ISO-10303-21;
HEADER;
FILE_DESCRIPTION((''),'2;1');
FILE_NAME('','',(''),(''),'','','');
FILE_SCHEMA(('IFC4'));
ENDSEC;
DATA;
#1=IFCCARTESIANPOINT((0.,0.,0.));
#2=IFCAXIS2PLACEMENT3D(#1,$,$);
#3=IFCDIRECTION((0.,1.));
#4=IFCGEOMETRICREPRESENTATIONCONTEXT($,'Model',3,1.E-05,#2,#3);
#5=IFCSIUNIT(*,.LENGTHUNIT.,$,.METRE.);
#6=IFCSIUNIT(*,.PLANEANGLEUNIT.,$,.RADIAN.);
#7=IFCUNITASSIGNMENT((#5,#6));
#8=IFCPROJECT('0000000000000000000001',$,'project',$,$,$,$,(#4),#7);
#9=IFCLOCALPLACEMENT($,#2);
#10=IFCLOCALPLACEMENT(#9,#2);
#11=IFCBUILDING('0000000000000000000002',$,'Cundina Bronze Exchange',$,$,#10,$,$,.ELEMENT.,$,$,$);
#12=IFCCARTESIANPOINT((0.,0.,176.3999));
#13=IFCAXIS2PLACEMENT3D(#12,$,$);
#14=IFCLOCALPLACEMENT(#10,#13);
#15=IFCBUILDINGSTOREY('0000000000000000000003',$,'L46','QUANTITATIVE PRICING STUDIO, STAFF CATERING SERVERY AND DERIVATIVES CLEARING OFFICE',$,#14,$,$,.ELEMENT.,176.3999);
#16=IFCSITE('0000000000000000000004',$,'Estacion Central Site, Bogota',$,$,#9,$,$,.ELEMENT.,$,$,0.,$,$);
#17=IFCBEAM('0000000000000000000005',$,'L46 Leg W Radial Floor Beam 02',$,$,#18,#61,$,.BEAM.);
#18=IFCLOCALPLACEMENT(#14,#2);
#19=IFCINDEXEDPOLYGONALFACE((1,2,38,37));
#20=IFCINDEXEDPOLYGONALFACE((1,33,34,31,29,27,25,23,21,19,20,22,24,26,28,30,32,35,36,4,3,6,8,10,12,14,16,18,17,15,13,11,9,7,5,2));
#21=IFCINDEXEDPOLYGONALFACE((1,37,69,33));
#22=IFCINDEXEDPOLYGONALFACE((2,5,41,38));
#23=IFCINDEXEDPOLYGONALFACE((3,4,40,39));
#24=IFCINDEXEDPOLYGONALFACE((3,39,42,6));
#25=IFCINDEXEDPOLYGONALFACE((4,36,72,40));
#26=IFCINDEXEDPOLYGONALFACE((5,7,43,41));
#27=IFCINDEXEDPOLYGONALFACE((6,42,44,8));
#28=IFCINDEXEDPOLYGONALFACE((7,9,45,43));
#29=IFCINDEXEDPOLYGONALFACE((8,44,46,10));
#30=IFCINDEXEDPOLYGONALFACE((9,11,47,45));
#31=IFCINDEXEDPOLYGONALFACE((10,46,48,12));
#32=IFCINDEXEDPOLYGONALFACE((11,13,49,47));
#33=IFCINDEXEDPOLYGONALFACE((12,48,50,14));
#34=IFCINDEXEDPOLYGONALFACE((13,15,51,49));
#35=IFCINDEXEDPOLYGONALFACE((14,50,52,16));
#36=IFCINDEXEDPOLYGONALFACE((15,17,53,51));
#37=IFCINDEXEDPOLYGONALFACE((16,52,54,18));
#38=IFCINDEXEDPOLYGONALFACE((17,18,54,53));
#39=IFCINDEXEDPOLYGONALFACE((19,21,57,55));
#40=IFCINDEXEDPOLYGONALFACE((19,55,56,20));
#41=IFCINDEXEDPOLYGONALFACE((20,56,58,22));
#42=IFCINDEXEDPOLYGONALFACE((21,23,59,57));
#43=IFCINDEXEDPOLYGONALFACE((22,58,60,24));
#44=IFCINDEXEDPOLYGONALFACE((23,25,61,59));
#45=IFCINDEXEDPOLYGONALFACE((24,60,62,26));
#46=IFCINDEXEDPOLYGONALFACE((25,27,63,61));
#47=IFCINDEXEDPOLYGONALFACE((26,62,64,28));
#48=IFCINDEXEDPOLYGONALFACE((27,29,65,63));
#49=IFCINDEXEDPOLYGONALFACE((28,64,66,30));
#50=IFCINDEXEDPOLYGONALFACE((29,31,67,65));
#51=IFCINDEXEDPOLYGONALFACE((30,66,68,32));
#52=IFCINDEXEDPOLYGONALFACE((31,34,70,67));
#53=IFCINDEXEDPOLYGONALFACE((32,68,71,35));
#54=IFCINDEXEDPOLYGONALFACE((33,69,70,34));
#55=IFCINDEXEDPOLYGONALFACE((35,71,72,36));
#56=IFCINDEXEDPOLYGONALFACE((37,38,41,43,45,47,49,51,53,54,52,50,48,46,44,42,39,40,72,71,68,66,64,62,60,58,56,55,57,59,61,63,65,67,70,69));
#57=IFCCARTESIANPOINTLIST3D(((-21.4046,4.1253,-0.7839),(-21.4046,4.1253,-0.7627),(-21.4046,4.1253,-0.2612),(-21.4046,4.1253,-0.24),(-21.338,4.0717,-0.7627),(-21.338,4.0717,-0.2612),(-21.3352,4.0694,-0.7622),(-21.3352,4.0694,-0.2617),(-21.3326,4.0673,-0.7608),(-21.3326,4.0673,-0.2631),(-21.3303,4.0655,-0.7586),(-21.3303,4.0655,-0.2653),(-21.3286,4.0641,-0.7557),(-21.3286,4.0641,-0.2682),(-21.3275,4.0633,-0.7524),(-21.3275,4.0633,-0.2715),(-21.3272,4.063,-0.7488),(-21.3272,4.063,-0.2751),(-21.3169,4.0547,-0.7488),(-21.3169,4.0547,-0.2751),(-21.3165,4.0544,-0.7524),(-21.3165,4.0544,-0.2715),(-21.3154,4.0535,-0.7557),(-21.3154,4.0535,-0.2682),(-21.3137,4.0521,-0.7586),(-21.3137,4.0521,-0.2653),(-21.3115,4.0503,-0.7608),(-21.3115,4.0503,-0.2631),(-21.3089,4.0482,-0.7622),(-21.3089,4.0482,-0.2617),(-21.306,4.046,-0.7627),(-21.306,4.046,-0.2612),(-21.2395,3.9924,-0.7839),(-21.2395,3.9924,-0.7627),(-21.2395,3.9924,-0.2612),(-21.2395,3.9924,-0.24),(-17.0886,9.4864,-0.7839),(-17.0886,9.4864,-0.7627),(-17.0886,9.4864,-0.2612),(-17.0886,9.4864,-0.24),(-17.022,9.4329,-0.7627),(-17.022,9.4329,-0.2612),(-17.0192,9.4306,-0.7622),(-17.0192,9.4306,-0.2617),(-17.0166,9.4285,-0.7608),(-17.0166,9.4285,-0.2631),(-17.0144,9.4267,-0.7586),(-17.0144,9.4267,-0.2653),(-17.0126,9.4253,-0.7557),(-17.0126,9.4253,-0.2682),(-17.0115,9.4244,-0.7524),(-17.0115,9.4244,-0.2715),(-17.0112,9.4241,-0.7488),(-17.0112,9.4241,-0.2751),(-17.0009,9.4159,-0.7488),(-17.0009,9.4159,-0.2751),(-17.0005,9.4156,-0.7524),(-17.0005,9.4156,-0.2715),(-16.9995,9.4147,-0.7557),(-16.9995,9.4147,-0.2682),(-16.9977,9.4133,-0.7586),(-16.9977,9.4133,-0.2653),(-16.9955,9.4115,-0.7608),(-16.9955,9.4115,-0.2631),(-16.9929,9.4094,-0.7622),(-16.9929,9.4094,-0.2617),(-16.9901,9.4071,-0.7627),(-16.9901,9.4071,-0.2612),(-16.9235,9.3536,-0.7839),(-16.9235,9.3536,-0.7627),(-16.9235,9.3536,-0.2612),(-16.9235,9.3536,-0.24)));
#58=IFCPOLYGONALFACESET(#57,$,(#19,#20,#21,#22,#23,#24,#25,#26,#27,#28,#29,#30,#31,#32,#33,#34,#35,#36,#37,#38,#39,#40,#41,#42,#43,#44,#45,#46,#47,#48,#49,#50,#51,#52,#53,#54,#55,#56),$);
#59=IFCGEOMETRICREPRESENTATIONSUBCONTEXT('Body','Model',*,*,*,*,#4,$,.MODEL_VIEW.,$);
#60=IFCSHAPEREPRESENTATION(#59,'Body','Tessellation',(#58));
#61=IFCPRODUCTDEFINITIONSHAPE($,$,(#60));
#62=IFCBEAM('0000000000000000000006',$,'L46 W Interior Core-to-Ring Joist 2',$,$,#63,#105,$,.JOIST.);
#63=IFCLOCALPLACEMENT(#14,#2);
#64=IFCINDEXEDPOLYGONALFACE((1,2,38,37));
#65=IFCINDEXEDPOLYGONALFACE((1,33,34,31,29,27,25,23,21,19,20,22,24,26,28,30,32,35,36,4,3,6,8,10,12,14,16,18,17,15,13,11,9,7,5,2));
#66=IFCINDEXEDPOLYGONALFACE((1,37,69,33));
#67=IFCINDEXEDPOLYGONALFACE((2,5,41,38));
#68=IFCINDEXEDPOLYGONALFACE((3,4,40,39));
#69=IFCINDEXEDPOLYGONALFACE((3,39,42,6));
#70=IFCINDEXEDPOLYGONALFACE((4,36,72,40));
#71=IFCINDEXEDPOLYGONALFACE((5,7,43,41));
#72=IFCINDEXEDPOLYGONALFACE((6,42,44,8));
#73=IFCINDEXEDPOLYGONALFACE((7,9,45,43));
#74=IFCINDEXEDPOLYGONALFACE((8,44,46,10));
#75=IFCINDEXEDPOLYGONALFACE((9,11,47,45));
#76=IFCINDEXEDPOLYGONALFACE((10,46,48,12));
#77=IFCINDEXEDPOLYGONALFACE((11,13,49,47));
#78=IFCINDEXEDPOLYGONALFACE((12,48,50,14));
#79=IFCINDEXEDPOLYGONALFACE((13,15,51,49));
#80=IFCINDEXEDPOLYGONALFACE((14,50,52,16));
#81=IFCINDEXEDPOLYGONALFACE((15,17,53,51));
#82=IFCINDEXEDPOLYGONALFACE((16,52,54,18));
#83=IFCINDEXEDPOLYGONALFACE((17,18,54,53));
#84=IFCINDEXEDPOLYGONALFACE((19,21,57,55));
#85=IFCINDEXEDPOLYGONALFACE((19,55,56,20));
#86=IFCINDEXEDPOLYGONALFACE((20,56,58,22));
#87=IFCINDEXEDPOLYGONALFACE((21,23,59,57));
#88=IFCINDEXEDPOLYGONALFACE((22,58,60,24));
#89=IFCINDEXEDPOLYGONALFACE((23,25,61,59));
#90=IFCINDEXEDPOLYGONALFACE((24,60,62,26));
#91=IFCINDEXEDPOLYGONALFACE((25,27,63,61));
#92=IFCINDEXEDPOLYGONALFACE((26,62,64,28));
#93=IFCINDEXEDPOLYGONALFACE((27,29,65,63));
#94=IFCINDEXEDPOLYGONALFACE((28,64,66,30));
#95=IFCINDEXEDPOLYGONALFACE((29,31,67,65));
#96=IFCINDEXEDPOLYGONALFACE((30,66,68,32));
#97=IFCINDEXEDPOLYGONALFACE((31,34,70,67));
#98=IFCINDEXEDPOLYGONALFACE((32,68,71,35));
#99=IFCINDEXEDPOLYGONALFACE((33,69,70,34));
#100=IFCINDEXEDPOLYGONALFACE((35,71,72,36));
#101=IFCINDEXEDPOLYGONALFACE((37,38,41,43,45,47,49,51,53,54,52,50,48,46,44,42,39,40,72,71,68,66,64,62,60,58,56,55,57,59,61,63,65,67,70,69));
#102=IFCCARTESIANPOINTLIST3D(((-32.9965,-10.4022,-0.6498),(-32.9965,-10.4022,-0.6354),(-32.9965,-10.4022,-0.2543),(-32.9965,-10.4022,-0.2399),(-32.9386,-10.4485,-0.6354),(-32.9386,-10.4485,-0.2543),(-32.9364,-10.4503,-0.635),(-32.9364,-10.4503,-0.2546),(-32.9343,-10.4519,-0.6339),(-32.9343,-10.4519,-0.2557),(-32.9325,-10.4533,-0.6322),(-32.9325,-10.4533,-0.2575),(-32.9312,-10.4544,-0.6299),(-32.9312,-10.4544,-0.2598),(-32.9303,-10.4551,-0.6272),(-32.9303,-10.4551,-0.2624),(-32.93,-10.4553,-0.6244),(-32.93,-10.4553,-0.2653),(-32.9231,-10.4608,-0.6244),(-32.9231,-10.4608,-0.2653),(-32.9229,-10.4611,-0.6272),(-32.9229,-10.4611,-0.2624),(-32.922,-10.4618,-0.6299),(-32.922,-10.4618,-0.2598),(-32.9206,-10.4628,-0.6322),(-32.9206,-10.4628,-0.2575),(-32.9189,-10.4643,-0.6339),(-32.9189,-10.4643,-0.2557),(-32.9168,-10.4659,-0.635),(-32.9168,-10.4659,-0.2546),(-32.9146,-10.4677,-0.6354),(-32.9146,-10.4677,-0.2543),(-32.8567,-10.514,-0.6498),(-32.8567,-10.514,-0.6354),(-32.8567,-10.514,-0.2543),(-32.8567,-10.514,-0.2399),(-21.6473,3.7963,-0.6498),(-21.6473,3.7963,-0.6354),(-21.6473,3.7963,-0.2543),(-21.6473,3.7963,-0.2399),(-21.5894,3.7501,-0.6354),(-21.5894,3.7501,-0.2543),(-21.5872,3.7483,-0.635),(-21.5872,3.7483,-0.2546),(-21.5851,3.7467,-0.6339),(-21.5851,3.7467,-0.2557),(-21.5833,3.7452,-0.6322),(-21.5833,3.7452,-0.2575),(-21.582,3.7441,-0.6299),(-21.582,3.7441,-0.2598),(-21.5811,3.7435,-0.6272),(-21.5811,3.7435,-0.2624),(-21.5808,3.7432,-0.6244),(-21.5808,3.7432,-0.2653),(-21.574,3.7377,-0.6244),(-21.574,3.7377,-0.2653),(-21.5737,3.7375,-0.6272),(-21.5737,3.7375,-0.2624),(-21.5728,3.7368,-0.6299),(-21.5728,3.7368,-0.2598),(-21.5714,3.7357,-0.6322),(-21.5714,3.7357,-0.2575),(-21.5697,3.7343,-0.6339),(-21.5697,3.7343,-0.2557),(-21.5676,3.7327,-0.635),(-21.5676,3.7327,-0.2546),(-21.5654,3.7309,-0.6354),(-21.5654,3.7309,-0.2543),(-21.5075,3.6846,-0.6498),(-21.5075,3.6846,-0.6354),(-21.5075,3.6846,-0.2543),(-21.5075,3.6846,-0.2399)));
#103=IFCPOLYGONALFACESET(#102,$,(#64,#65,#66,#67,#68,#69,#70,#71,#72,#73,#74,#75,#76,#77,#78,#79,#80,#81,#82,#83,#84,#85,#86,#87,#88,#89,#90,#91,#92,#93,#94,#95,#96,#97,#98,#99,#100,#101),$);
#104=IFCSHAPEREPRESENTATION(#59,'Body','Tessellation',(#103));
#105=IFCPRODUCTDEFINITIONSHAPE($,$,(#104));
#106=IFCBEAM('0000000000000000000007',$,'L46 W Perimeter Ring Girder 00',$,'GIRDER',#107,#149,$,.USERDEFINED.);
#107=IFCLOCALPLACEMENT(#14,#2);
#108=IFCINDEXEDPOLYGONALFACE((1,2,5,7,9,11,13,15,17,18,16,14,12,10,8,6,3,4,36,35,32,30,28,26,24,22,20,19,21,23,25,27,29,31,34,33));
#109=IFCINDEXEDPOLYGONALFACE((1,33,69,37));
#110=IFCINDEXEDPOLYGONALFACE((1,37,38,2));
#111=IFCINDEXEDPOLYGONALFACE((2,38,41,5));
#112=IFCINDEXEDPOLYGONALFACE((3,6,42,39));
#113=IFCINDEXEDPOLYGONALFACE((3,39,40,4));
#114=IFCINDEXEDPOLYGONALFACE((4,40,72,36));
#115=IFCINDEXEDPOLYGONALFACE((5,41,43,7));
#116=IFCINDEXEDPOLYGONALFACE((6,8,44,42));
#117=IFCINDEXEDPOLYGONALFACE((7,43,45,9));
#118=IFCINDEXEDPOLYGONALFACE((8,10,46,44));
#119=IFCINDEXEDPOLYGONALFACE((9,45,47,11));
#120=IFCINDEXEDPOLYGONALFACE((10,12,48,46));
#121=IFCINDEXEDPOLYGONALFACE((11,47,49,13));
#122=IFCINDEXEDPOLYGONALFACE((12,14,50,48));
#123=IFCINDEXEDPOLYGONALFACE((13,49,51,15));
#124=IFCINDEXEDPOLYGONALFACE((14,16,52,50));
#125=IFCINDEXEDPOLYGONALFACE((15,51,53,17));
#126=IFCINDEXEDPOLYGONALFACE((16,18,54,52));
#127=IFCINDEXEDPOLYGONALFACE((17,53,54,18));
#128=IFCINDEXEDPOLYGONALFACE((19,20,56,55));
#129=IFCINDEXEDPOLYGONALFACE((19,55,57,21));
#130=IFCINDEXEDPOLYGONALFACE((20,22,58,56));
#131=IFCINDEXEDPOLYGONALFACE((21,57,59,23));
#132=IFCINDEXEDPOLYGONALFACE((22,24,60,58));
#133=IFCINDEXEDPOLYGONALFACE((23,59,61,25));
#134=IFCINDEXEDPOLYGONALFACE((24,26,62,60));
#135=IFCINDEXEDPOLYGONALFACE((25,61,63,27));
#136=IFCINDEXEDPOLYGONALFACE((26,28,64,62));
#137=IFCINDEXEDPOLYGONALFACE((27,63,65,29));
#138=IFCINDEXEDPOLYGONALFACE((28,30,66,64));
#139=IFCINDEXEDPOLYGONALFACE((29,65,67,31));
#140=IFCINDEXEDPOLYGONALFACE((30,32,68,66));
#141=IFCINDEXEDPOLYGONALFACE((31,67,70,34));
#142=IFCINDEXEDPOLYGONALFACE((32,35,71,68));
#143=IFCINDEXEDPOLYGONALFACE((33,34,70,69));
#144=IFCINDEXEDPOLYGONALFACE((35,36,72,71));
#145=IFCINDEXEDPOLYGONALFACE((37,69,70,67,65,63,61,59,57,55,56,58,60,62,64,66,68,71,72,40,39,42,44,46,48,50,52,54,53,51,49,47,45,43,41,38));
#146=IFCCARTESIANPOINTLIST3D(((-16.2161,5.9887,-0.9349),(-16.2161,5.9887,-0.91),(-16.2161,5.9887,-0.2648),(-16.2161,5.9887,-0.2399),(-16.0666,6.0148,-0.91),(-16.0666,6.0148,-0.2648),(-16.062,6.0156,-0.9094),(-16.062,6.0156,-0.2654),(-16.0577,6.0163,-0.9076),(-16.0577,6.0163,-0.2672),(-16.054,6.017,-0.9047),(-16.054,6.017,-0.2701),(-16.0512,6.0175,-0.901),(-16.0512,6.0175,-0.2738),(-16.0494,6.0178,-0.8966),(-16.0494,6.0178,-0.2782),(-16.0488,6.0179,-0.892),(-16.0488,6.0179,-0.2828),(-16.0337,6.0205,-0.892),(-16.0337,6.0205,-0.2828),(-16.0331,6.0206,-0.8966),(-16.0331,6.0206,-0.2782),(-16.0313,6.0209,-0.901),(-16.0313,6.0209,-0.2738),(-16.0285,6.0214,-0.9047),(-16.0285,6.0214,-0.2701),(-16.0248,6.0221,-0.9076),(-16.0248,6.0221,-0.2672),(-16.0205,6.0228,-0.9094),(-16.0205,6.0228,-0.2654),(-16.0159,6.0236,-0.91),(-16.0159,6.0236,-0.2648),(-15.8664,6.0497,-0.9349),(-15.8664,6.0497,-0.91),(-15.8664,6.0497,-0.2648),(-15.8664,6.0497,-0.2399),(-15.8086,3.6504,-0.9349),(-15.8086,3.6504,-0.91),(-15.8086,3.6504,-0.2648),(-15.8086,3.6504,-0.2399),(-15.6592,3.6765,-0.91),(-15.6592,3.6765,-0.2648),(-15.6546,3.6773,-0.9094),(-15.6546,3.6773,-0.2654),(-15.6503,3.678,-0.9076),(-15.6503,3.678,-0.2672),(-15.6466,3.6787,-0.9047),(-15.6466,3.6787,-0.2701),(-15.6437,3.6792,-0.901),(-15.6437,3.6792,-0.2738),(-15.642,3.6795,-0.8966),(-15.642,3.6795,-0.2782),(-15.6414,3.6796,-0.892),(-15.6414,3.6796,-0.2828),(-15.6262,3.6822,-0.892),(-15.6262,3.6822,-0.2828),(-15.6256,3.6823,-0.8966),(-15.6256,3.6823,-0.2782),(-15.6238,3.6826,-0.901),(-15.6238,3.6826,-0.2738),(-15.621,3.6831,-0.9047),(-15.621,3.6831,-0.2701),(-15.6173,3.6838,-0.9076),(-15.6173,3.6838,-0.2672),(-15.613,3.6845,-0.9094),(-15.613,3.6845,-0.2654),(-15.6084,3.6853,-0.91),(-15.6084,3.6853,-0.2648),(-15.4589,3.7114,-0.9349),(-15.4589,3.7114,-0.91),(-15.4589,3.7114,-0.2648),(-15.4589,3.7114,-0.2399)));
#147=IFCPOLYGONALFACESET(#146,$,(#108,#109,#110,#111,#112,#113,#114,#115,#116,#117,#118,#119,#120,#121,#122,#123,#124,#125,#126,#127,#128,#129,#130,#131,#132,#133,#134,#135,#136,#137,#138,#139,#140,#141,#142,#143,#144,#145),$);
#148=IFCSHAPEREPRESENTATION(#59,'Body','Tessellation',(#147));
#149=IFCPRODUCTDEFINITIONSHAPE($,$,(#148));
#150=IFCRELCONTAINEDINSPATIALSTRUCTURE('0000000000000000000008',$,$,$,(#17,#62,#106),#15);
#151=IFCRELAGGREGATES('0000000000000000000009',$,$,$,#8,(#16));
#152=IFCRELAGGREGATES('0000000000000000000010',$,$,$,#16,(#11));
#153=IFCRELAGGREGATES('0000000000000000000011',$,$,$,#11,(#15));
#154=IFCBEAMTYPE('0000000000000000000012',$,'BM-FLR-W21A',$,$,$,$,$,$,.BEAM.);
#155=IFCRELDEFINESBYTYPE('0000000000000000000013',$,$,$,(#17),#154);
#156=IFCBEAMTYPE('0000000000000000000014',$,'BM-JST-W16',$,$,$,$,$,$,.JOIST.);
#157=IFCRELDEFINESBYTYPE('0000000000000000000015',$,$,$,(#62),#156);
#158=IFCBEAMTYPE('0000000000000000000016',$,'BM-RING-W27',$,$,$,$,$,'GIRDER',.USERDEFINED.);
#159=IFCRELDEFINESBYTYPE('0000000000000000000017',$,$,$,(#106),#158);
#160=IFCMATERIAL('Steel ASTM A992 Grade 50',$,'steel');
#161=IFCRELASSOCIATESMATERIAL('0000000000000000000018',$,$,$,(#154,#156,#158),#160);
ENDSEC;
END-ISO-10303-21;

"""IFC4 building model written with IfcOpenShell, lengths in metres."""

from ifc_helpers import new_model, si_unit, direction, frame, origin, origin_2d, place, context, subcontext, project, spatial, i_section, extrude, material, material_profile, profile_set, type_object, element, save


model = new_model("IFC4")

# Units and contexts
model_context = context("Model", 3, precision=1e-05, world=origin(), true_north=direction((0.0, 1.0)))
body_context = subcontext(model_context, "Body", "Model", "MODEL_VIEW")
ifc_project = project(units=[si_unit("LENGTHUNIT", "METRE"), si_unit("PLANEANGLEUNIT", "RADIAN")], contexts=[model_context])

# Site, building, storey
site_placement = place(None, origin())
site = spatial("IfcSite", under=ifc_project, at=site_placement, Name="Estacion Central Site, Bogota", CompositionType="ELEMENT", RefElevation=0.0)
building_placement = place(site_placement, origin())
building = spatial("IfcBuilding", under=site, at=building_placement, Name="Cundina Bronze Exchange", CompositionType="ELEMENT")
storey_placement = place(building_placement, frame((0.0, 0.0, 176.3999)))
storey = spatial("IfcBuildingStorey", under=building, at=storey_placement, Name="L46", Description="QUANTITATIVE PRICING STUDIO, STAFF CATERING SERVERY AND DERIVATIVES CLEARING OFFICE", CompositionType="ELEMENT", Elevation=176.3999)

# Shared definitions
ifc_material_1 = material(Name="Steel ASTM A992 Grade 50", Category="steel")

# Beams
ifc_material_profile_1 = material_profile(ifc_material_1, i_section(OverallWidth=0.2119, OverallDepth=0.5439, WebThickness=0.0132, FlangeThickness=0.0212, FilletRadius=0.0139, at=origin_2d()), Name="W21X83", Category="steel")
ifc_profile_set_1 = profile_set([ifc_material_profile_1], Name="Steel ASTM A992 Grade 50")
beam_type_1 = type_object("IfcBeamType", Name="BM-FLR-W21A", PredefinedType="BEAM", material=ifc_profile_set_1)
beam_1_placement = place(storey_placement, frame((-21.322, 4.0588, -0.512), z_axis=(0.627089, 0.778948, 0.0), x_axis=(-0.778948, 0.627089, 0.0)))
element("IfcBeam", 1, at=beam_1_placement, inside=storey, type_object=beam_type_1, Name="L46 Leg W Radial Floor Beam 02", PredefinedType="BEAM", context=body_context, shape_type="SweptSolid", body=[
    extrude(i_section(OverallWidth=0.2119, OverallDepth=0.5439, WebThickness=0.0132, FlangeThickness=0.0212, FilletRadius=0.0139, at=origin_2d()), origin(), (0.0, 0.0, 1.0), 6.8826),
])
ifc_material_profile_2 = material_profile(ifc_material_1, i_section(OverallWidth=0.179, OverallDepth=0.4099, WebThickness=0.0088, FlangeThickness=0.0144, FilletRadius=0.011, at=origin_2d()), Name="W16X45", Category="steel")
ifc_profile_set_2 = profile_set([ifc_material_profile_2], Name="Steel ASTM A992 Grade 50")
beam_type_2 = type_object("IfcBeamType", Name="BM-JST-W16", PredefinedType="JOIST", material=ifc_profile_set_2)
beam_2_placement = place(storey_placement, frame((-21.5774, 3.7405, -0.4448), z_axis=(-0.624371, -0.781128, 0.0), x_axis=(0.781128, -0.624371, 0.0)))
element("IfcBeam", 2, at=beam_2_placement, inside=storey, type_object=beam_type_2, Name="L46 W Interior Core-to-Ring Joist 2", PredefinedType="JOIST", context=body_context, shape_type="SweptSolid", body=[
    extrude(i_section(OverallWidth=0.179, OverallDepth=0.4099, WebThickness=0.0088, FlangeThickness=0.0144, FilletRadius=0.011, at=origin_2d()), origin(), (0.0, 0.0, 1.0), 18.177),
])
ifc_material_profile_3 = material_profile(ifc_material_1, i_section(OverallWidth=0.355, OverallDepth=0.6951, WebThickness=0.0154, FlangeThickness=0.0249, FilletRadius=0.0181, at=origin_2d()), Name="W27X146", Category="steel")
ifc_profile_set_3 = profile_set([ifc_material_profile_3], Name="Steel ASTM A992 Grade 50")
beam_type_3 = type_object("IfcBeamType", Name="BM-RING-W27", ElementType="GIRDER", PredefinedType="USERDEFINED", material=ifc_profile_set_3)
beam_3_placement = place(storey_placement, frame((-15.6338, 3.6809, -0.5874), z_axis=(-0.171667, 0.985155, 0.0), x_axis=(-0.985155, -0.171667, 0.0)))
element("IfcBeam", 3, at=beam_3_placement, inside=storey, type_object=beam_type_3, Name="L46 W Perimeter Ring Girder 00", ObjectType="GIRDER", PredefinedType="USERDEFINED", context=body_context, shape_type="SweptSolid", body=[
    extrude(i_section(OverallWidth=0.355, OverallDepth=0.6951, WebThickness=0.0154, FlangeThickness=0.0249, FilletRadius=0.0181, at=origin_2d()), origin(), (0.0, 0.0, 1.0), 2.3735),
])

save(model, "model.ifc")
